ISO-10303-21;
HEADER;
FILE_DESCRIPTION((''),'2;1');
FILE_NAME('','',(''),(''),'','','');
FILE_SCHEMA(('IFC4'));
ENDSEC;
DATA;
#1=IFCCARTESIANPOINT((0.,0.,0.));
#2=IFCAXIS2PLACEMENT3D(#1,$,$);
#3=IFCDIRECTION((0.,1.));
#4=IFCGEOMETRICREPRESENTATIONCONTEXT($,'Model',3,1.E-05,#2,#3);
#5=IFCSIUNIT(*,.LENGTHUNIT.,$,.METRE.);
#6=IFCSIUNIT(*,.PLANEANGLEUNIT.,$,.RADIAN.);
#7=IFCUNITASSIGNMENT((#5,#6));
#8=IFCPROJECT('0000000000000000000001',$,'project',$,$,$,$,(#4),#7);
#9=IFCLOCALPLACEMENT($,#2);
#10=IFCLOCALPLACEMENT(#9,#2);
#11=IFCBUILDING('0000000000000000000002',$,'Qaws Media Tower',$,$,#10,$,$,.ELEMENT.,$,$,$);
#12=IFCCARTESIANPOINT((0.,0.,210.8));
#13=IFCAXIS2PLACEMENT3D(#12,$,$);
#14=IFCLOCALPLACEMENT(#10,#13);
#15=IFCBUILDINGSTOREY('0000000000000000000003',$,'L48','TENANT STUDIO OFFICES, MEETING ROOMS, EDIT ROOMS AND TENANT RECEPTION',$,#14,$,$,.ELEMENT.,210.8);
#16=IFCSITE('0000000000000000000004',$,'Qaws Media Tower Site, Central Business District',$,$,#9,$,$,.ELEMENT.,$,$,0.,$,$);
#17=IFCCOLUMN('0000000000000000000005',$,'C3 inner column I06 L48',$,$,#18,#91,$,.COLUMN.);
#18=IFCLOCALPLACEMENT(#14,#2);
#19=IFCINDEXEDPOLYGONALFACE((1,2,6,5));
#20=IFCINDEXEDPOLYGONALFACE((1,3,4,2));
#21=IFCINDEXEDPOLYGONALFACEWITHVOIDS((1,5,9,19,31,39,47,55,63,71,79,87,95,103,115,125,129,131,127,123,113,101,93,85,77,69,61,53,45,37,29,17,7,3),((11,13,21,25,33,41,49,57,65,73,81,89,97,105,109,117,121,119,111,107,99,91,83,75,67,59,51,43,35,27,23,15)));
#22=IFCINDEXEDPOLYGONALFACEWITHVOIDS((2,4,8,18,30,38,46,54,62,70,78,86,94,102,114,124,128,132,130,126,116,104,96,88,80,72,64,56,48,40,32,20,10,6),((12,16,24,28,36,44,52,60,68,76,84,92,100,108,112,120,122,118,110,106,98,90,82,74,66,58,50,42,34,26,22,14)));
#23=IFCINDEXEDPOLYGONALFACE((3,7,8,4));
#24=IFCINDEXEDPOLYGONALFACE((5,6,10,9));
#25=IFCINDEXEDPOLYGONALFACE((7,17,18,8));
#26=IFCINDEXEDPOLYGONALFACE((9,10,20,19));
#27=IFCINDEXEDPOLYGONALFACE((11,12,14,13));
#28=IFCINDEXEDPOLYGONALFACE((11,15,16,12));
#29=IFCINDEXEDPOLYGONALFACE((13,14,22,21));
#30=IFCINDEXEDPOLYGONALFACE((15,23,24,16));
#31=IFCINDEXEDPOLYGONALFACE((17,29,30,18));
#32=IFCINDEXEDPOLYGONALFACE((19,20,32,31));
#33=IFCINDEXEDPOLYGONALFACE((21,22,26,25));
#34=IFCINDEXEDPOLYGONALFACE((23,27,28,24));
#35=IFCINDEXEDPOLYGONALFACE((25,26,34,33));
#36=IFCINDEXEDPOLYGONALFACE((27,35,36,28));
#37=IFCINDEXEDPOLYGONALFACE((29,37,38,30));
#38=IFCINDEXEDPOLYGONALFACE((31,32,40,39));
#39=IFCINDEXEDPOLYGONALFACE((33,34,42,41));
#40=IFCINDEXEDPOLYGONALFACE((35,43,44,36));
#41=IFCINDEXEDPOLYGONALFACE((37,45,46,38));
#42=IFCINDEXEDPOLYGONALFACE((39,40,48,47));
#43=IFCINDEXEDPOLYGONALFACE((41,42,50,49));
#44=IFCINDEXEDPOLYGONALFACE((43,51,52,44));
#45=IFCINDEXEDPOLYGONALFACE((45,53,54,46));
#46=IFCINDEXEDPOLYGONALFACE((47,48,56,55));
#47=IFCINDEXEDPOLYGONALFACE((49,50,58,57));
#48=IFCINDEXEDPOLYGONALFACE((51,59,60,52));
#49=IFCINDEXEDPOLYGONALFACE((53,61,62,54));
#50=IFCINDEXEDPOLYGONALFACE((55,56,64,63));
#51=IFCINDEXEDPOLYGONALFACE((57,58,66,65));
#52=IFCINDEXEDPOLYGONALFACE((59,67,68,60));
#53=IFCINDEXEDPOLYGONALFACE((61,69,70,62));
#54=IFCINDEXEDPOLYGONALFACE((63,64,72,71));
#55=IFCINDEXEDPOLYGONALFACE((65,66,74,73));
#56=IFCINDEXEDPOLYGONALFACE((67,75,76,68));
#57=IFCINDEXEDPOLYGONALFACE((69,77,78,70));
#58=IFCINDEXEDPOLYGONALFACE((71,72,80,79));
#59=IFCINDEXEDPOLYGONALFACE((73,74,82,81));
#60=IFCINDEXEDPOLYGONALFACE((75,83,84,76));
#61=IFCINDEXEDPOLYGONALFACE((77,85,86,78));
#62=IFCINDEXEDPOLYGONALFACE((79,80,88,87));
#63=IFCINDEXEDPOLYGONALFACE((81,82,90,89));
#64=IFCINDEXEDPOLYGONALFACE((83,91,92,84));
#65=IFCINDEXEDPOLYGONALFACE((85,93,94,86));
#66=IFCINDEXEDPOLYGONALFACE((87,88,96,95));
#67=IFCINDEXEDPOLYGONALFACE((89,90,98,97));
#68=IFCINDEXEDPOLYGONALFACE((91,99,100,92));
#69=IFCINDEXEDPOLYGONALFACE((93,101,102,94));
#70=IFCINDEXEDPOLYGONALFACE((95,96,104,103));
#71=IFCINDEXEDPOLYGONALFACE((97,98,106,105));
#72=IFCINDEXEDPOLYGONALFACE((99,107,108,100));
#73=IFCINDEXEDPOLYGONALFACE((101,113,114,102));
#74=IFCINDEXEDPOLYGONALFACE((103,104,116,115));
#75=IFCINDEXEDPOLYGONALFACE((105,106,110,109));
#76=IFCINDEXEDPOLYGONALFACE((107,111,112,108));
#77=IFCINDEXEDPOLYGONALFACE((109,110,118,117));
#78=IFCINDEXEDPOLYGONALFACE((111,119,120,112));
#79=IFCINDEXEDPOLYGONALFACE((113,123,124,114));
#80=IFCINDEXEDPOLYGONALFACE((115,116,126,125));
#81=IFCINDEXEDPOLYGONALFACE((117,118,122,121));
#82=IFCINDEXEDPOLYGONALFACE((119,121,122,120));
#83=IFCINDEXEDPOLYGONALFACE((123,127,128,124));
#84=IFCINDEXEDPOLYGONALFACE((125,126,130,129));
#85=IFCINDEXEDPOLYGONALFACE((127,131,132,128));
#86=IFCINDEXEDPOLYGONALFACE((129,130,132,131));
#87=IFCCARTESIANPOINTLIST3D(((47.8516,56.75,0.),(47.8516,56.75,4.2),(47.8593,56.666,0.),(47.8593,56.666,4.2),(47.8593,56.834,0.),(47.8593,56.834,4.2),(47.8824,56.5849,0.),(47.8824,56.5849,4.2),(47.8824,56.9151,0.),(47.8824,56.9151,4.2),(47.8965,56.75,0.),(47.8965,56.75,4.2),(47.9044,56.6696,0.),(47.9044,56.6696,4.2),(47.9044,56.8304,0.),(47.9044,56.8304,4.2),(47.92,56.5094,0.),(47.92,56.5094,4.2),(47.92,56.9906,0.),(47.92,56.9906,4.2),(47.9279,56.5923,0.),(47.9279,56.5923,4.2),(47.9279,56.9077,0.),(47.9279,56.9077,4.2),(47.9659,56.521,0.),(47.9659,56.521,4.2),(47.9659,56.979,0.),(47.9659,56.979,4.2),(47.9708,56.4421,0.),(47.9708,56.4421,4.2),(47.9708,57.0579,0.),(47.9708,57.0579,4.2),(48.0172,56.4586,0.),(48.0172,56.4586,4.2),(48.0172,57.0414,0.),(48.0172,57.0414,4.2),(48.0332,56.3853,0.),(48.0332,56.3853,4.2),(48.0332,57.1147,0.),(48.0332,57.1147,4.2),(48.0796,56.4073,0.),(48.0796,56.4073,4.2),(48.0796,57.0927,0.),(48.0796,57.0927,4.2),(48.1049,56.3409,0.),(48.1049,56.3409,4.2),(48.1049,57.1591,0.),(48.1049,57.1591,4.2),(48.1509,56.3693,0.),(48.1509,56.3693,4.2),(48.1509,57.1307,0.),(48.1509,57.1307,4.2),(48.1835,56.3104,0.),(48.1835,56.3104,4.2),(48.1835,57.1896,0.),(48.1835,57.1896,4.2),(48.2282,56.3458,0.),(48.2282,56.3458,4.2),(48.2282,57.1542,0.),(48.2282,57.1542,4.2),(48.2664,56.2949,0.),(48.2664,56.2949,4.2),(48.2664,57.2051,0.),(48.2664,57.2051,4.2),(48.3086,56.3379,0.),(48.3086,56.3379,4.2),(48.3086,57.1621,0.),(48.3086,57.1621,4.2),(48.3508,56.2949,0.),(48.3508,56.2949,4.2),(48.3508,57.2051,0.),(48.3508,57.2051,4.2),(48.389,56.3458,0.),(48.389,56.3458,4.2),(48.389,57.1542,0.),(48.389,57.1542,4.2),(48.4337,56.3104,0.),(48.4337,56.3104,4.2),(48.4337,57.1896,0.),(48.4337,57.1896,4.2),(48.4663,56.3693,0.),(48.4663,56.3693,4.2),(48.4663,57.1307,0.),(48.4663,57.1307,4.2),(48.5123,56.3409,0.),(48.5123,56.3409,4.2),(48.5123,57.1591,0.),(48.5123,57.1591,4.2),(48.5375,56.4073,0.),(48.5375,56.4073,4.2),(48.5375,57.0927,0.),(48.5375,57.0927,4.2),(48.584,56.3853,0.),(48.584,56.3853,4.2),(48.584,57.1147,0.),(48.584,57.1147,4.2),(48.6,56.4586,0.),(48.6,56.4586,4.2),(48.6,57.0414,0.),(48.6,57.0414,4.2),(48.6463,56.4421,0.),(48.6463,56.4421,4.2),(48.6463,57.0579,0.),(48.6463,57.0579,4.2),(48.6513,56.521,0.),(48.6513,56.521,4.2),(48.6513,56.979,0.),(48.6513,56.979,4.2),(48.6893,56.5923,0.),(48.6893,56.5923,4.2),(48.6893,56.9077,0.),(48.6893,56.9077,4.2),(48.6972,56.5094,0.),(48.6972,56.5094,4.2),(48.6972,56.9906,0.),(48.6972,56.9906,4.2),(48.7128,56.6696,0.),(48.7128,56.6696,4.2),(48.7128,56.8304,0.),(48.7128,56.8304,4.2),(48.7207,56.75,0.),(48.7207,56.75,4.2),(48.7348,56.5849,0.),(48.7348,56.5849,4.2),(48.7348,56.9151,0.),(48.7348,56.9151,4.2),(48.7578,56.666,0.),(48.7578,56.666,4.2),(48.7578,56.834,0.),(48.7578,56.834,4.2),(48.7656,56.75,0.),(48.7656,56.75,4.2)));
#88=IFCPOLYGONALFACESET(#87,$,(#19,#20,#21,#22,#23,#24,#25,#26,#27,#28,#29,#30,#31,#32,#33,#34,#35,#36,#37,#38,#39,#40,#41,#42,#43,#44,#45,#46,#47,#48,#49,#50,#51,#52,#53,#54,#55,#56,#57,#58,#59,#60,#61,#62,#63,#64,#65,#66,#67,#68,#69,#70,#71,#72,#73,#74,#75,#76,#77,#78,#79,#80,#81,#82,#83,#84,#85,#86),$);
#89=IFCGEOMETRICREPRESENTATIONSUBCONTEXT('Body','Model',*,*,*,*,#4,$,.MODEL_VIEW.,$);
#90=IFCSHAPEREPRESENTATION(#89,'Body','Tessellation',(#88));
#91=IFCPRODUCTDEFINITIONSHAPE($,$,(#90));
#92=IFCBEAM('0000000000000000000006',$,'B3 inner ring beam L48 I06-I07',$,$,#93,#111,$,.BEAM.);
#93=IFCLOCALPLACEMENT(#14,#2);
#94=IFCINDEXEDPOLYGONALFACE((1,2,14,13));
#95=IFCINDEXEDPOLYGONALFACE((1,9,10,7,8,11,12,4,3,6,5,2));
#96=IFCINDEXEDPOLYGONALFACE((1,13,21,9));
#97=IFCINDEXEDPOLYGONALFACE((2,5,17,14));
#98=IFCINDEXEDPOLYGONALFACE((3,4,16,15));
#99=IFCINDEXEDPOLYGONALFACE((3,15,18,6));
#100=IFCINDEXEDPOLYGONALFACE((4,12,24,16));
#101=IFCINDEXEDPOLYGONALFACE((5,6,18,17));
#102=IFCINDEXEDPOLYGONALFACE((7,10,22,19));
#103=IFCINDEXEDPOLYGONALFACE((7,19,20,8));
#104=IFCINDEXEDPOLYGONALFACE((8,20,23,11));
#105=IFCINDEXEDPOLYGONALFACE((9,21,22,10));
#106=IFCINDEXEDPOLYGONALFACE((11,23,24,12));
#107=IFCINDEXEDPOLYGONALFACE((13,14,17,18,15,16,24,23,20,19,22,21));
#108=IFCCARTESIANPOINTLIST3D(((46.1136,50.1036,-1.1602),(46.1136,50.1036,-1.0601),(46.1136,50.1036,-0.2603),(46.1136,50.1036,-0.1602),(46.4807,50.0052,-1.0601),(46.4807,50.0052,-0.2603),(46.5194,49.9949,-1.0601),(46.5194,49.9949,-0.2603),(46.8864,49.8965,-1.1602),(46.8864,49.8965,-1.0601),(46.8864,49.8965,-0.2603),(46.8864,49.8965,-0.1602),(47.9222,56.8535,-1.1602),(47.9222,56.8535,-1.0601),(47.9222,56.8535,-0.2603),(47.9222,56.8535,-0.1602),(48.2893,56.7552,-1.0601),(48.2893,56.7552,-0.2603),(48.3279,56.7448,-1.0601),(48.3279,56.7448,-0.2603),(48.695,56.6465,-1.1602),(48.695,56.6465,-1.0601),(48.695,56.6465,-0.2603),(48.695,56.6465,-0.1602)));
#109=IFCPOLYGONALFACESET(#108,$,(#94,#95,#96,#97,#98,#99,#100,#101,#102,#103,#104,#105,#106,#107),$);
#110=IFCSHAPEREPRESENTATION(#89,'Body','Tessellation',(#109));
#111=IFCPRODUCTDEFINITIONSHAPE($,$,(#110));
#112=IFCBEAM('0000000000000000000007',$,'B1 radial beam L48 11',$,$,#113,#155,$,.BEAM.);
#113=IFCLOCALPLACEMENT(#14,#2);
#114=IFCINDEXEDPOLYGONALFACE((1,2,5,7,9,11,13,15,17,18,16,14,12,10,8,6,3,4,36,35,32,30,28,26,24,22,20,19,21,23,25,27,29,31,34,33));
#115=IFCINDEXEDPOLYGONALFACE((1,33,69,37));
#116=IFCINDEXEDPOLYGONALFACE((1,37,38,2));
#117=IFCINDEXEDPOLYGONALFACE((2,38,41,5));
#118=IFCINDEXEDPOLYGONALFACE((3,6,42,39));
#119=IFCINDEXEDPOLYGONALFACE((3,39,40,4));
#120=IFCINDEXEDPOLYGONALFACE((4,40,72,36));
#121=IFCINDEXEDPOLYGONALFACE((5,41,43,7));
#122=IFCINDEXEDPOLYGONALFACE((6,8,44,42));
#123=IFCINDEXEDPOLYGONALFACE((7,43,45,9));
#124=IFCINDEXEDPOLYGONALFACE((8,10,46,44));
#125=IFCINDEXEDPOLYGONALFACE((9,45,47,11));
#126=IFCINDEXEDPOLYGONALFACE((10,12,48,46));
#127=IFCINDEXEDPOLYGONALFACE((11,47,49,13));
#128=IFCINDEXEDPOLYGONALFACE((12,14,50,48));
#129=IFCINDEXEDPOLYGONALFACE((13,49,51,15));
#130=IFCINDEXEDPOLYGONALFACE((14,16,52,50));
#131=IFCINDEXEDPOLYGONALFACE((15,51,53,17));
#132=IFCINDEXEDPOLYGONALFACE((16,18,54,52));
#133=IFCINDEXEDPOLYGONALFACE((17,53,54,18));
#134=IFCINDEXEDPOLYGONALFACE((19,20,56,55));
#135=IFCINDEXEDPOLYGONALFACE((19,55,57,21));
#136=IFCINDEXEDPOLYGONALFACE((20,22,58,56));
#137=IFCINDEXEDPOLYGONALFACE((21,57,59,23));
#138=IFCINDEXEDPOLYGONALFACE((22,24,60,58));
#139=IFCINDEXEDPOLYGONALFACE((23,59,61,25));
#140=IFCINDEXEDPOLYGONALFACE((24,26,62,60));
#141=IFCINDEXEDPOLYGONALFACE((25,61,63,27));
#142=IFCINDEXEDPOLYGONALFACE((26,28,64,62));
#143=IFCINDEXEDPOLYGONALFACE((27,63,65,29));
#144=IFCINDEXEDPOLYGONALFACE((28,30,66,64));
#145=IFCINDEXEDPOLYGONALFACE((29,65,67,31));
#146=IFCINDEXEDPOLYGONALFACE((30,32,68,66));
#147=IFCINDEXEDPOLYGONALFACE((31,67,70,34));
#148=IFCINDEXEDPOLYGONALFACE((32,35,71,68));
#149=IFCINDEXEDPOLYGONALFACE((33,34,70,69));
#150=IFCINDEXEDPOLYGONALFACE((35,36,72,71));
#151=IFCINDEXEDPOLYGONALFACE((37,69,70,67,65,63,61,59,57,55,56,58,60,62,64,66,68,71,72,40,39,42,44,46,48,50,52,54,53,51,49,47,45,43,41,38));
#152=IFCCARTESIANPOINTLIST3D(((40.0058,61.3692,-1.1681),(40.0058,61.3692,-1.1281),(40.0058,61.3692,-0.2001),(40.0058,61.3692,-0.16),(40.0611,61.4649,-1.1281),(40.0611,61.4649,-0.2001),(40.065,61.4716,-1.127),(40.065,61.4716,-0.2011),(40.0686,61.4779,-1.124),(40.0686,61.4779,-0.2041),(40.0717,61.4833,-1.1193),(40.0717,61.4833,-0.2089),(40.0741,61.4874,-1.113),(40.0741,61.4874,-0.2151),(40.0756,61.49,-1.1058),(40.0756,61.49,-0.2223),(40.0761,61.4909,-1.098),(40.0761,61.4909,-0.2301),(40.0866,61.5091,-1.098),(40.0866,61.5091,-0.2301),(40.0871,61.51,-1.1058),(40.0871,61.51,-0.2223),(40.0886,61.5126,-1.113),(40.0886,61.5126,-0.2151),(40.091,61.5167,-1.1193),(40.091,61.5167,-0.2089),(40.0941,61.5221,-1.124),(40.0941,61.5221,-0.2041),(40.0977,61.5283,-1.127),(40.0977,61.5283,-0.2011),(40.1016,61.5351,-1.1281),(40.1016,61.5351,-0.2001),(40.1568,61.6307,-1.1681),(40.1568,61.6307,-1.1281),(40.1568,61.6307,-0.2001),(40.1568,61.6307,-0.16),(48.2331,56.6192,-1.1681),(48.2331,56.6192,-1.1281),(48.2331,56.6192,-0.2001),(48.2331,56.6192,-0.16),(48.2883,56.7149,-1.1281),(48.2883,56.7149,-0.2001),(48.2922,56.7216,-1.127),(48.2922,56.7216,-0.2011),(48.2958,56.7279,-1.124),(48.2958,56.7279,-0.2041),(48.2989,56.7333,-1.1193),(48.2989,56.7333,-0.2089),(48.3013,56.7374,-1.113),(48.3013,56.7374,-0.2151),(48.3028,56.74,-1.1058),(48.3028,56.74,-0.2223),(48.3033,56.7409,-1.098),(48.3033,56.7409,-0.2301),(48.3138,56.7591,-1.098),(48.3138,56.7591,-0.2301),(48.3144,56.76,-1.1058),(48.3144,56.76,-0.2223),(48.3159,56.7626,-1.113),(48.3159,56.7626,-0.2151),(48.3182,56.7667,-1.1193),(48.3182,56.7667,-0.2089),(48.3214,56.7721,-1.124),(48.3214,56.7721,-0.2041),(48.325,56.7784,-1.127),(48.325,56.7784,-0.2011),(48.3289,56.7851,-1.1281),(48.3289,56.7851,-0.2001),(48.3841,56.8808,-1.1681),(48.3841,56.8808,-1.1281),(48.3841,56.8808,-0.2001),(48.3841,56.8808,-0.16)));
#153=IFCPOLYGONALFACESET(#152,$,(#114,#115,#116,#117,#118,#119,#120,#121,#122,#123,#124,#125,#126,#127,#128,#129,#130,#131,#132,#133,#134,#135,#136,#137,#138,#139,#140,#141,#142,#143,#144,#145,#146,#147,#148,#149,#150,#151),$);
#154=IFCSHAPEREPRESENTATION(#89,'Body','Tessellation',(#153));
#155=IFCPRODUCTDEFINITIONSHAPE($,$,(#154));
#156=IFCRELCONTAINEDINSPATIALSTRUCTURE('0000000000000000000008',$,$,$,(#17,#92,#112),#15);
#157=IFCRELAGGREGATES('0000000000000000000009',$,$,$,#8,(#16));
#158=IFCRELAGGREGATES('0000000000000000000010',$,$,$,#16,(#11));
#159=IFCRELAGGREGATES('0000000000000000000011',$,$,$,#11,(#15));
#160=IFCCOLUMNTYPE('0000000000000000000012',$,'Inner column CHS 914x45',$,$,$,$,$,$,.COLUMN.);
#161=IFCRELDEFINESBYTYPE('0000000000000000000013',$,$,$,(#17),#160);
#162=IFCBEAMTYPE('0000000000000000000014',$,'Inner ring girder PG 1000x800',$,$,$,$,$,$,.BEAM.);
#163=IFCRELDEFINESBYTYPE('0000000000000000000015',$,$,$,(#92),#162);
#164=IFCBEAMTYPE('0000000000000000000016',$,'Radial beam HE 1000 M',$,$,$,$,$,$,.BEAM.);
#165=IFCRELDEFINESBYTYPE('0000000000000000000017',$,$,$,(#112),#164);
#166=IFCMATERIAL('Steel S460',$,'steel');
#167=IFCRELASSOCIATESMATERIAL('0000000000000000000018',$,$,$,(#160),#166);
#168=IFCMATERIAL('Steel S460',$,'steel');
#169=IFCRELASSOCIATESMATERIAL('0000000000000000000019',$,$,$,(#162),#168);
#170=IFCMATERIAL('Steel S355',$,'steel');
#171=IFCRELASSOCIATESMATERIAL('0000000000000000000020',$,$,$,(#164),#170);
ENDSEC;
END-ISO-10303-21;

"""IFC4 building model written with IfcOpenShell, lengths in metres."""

from ifc_helpers import new_model, si_unit, direction, frame, origin, origin_2d, place, context, subcontext, project, spatial, hollow_circle, i_section, extrude, material, material_profile, profile_set, type_object, element, save


model = new_model("IFC4")

# Units and contexts
model_context = context("Model", 3, precision=1e-05, world=origin(), true_north=direction((0.0, 1.0)))
body_context = subcontext(model_context, "Body", "Model", "MODEL_VIEW")
ifc_project = project(units=[si_unit("LENGTHUNIT", "METRE"), si_unit("PLANEANGLEUNIT", "RADIAN")], contexts=[model_context])

# Site, building, storey
site_placement = place(None, origin())
site = spatial("IfcSite", under=ifc_project, at=site_placement, Name="Qaws Media Tower Site, Central Business District", CompositionType="ELEMENT", RefElevation=0.0)
building_placement = place(site_placement, origin())
building = spatial("IfcBuilding", under=site, at=building_placement, Name="Qaws Media Tower", CompositionType="ELEMENT")
storey_placement = place(building_placement, frame((0.0, 0.0, 210.8)))
storey = spatial("IfcBuildingStorey", under=building, at=storey_placement, Name="L48", Description="TENANT STUDIO OFFICES, MEETING ROOMS, EDIT ROOMS AND TENANT RECEPTION", CompositionType="ELEMENT", Elevation=210.8)

# Column
ifc_material_1 = material(Name="Steel S460", Category="steel")
ifc_material_profile_1 = material_profile(ifc_material_1, hollow_circle(Radius=0.457, WallThickness=0.0449, at=origin_2d()), Name="CHS 914x45")
ifc_profile_set_1 = profile_set([ifc_material_profile_1], Name="Steel S460")
column_type = type_object("IfcColumnType", Name="Inner column CHS 914x45", PredefinedType="COLUMN", material=ifc_profile_set_1)
column_placement = place(storey_placement, frame((48.3086, 56.75, 0.0), z_axis=(0.0, 0.0, 1.0), x_axis=(1.0, 0.0, 0.0)))
element("IfcColumn", 1, at=column_placement, inside=storey, type_object=column_type, Name="C3 inner column I06 L48", PredefinedType="COLUMN", context=body_context, shape_type="SweptSolid", body=[
    extrude(hollow_circle(Radius=0.457, WallThickness=0.0449, at=origin_2d()), origin(), (0.0, 0.0, 1.0), 4.2),
])

# Beams
ifc_material_2 = material(Name="Steel S460", Category="steel")
ifc_material_profile_2 = material_profile(ifc_material_2, i_section(OverallWidth=0.8, OverallDepth=1.0, WebThickness=0.04, FlangeThickness=0.1001, at=origin_2d()), Name="PG 1000x800")
ifc_profile_set_2 = profile_set([ifc_material_profile_2], Name="Steel S460")
beam_type_1 = type_object("IfcBeamType", Name="Inner ring girder PG 1000x800", PredefinedType="BEAM", material=ifc_profile_set_2)
beam_1_placement = place(storey_placement, frame((48.3086, 56.75, -0.6602), z_axis=(-0.258811, -0.965928, 0.0), x_axis=(0.965928, -0.258811, 0.0)))
element("IfcBeam", 2, at=beam_1_placement, inside=storey, type_object=beam_type_1, Name="B3 inner ring beam L48 I06-I07", PredefinedType="BEAM", context=body_context, shape_type="SweptSolid", body=[
    extrude(i_section(OverallWidth=0.8, OverallDepth=1.0, WebThickness=0.04, FlangeThickness=0.1001, at=origin_2d()), origin(), (0.0, 0.0, 1.0), 6.988),
])
ifc_material_3 = material(Name="Steel S355", Category="steel")
ifc_material_profile_3 = material_profile(ifc_material_3, i_section(OverallWidth=0.302, OverallDepth=1.0081, WebThickness=0.021, FlangeThickness=0.04, FilletRadius=0.03, at=origin_2d()), Name="HE 1000 M")
ifc_profile_set_3 = profile_set([ifc_material_profile_3], Name="Steel S355")
beam_type_2 = type_object("IfcBeamType", Name="Radial beam HE 1000 M", PredefinedType="BEAM", material=ifc_profile_set_3)
beam_2_placement = place(storey_placement, frame((48.3086, 56.75, -0.6641), z_axis=(-0.866027, 0.499998, 0.0), x_axis=(-0.499998, -0.866027, 0.0)))
element("IfcBeam", 3, at=beam_2_placement, inside=storey, type_object=beam_type_2, Name="B1 radial beam L48 11", PredefinedType="BEAM", context=body_context, shape_type="SweptSolid", body=[
    extrude(i_section(OverallWidth=0.302, OverallDepth=1.0081, WebThickness=0.021, FlangeThickness=0.04, FilletRadius=0.03, at=origin_2d()), origin(), (0.0, 0.0, 1.0), 9.5),
])

save(model, "model.ifc")
